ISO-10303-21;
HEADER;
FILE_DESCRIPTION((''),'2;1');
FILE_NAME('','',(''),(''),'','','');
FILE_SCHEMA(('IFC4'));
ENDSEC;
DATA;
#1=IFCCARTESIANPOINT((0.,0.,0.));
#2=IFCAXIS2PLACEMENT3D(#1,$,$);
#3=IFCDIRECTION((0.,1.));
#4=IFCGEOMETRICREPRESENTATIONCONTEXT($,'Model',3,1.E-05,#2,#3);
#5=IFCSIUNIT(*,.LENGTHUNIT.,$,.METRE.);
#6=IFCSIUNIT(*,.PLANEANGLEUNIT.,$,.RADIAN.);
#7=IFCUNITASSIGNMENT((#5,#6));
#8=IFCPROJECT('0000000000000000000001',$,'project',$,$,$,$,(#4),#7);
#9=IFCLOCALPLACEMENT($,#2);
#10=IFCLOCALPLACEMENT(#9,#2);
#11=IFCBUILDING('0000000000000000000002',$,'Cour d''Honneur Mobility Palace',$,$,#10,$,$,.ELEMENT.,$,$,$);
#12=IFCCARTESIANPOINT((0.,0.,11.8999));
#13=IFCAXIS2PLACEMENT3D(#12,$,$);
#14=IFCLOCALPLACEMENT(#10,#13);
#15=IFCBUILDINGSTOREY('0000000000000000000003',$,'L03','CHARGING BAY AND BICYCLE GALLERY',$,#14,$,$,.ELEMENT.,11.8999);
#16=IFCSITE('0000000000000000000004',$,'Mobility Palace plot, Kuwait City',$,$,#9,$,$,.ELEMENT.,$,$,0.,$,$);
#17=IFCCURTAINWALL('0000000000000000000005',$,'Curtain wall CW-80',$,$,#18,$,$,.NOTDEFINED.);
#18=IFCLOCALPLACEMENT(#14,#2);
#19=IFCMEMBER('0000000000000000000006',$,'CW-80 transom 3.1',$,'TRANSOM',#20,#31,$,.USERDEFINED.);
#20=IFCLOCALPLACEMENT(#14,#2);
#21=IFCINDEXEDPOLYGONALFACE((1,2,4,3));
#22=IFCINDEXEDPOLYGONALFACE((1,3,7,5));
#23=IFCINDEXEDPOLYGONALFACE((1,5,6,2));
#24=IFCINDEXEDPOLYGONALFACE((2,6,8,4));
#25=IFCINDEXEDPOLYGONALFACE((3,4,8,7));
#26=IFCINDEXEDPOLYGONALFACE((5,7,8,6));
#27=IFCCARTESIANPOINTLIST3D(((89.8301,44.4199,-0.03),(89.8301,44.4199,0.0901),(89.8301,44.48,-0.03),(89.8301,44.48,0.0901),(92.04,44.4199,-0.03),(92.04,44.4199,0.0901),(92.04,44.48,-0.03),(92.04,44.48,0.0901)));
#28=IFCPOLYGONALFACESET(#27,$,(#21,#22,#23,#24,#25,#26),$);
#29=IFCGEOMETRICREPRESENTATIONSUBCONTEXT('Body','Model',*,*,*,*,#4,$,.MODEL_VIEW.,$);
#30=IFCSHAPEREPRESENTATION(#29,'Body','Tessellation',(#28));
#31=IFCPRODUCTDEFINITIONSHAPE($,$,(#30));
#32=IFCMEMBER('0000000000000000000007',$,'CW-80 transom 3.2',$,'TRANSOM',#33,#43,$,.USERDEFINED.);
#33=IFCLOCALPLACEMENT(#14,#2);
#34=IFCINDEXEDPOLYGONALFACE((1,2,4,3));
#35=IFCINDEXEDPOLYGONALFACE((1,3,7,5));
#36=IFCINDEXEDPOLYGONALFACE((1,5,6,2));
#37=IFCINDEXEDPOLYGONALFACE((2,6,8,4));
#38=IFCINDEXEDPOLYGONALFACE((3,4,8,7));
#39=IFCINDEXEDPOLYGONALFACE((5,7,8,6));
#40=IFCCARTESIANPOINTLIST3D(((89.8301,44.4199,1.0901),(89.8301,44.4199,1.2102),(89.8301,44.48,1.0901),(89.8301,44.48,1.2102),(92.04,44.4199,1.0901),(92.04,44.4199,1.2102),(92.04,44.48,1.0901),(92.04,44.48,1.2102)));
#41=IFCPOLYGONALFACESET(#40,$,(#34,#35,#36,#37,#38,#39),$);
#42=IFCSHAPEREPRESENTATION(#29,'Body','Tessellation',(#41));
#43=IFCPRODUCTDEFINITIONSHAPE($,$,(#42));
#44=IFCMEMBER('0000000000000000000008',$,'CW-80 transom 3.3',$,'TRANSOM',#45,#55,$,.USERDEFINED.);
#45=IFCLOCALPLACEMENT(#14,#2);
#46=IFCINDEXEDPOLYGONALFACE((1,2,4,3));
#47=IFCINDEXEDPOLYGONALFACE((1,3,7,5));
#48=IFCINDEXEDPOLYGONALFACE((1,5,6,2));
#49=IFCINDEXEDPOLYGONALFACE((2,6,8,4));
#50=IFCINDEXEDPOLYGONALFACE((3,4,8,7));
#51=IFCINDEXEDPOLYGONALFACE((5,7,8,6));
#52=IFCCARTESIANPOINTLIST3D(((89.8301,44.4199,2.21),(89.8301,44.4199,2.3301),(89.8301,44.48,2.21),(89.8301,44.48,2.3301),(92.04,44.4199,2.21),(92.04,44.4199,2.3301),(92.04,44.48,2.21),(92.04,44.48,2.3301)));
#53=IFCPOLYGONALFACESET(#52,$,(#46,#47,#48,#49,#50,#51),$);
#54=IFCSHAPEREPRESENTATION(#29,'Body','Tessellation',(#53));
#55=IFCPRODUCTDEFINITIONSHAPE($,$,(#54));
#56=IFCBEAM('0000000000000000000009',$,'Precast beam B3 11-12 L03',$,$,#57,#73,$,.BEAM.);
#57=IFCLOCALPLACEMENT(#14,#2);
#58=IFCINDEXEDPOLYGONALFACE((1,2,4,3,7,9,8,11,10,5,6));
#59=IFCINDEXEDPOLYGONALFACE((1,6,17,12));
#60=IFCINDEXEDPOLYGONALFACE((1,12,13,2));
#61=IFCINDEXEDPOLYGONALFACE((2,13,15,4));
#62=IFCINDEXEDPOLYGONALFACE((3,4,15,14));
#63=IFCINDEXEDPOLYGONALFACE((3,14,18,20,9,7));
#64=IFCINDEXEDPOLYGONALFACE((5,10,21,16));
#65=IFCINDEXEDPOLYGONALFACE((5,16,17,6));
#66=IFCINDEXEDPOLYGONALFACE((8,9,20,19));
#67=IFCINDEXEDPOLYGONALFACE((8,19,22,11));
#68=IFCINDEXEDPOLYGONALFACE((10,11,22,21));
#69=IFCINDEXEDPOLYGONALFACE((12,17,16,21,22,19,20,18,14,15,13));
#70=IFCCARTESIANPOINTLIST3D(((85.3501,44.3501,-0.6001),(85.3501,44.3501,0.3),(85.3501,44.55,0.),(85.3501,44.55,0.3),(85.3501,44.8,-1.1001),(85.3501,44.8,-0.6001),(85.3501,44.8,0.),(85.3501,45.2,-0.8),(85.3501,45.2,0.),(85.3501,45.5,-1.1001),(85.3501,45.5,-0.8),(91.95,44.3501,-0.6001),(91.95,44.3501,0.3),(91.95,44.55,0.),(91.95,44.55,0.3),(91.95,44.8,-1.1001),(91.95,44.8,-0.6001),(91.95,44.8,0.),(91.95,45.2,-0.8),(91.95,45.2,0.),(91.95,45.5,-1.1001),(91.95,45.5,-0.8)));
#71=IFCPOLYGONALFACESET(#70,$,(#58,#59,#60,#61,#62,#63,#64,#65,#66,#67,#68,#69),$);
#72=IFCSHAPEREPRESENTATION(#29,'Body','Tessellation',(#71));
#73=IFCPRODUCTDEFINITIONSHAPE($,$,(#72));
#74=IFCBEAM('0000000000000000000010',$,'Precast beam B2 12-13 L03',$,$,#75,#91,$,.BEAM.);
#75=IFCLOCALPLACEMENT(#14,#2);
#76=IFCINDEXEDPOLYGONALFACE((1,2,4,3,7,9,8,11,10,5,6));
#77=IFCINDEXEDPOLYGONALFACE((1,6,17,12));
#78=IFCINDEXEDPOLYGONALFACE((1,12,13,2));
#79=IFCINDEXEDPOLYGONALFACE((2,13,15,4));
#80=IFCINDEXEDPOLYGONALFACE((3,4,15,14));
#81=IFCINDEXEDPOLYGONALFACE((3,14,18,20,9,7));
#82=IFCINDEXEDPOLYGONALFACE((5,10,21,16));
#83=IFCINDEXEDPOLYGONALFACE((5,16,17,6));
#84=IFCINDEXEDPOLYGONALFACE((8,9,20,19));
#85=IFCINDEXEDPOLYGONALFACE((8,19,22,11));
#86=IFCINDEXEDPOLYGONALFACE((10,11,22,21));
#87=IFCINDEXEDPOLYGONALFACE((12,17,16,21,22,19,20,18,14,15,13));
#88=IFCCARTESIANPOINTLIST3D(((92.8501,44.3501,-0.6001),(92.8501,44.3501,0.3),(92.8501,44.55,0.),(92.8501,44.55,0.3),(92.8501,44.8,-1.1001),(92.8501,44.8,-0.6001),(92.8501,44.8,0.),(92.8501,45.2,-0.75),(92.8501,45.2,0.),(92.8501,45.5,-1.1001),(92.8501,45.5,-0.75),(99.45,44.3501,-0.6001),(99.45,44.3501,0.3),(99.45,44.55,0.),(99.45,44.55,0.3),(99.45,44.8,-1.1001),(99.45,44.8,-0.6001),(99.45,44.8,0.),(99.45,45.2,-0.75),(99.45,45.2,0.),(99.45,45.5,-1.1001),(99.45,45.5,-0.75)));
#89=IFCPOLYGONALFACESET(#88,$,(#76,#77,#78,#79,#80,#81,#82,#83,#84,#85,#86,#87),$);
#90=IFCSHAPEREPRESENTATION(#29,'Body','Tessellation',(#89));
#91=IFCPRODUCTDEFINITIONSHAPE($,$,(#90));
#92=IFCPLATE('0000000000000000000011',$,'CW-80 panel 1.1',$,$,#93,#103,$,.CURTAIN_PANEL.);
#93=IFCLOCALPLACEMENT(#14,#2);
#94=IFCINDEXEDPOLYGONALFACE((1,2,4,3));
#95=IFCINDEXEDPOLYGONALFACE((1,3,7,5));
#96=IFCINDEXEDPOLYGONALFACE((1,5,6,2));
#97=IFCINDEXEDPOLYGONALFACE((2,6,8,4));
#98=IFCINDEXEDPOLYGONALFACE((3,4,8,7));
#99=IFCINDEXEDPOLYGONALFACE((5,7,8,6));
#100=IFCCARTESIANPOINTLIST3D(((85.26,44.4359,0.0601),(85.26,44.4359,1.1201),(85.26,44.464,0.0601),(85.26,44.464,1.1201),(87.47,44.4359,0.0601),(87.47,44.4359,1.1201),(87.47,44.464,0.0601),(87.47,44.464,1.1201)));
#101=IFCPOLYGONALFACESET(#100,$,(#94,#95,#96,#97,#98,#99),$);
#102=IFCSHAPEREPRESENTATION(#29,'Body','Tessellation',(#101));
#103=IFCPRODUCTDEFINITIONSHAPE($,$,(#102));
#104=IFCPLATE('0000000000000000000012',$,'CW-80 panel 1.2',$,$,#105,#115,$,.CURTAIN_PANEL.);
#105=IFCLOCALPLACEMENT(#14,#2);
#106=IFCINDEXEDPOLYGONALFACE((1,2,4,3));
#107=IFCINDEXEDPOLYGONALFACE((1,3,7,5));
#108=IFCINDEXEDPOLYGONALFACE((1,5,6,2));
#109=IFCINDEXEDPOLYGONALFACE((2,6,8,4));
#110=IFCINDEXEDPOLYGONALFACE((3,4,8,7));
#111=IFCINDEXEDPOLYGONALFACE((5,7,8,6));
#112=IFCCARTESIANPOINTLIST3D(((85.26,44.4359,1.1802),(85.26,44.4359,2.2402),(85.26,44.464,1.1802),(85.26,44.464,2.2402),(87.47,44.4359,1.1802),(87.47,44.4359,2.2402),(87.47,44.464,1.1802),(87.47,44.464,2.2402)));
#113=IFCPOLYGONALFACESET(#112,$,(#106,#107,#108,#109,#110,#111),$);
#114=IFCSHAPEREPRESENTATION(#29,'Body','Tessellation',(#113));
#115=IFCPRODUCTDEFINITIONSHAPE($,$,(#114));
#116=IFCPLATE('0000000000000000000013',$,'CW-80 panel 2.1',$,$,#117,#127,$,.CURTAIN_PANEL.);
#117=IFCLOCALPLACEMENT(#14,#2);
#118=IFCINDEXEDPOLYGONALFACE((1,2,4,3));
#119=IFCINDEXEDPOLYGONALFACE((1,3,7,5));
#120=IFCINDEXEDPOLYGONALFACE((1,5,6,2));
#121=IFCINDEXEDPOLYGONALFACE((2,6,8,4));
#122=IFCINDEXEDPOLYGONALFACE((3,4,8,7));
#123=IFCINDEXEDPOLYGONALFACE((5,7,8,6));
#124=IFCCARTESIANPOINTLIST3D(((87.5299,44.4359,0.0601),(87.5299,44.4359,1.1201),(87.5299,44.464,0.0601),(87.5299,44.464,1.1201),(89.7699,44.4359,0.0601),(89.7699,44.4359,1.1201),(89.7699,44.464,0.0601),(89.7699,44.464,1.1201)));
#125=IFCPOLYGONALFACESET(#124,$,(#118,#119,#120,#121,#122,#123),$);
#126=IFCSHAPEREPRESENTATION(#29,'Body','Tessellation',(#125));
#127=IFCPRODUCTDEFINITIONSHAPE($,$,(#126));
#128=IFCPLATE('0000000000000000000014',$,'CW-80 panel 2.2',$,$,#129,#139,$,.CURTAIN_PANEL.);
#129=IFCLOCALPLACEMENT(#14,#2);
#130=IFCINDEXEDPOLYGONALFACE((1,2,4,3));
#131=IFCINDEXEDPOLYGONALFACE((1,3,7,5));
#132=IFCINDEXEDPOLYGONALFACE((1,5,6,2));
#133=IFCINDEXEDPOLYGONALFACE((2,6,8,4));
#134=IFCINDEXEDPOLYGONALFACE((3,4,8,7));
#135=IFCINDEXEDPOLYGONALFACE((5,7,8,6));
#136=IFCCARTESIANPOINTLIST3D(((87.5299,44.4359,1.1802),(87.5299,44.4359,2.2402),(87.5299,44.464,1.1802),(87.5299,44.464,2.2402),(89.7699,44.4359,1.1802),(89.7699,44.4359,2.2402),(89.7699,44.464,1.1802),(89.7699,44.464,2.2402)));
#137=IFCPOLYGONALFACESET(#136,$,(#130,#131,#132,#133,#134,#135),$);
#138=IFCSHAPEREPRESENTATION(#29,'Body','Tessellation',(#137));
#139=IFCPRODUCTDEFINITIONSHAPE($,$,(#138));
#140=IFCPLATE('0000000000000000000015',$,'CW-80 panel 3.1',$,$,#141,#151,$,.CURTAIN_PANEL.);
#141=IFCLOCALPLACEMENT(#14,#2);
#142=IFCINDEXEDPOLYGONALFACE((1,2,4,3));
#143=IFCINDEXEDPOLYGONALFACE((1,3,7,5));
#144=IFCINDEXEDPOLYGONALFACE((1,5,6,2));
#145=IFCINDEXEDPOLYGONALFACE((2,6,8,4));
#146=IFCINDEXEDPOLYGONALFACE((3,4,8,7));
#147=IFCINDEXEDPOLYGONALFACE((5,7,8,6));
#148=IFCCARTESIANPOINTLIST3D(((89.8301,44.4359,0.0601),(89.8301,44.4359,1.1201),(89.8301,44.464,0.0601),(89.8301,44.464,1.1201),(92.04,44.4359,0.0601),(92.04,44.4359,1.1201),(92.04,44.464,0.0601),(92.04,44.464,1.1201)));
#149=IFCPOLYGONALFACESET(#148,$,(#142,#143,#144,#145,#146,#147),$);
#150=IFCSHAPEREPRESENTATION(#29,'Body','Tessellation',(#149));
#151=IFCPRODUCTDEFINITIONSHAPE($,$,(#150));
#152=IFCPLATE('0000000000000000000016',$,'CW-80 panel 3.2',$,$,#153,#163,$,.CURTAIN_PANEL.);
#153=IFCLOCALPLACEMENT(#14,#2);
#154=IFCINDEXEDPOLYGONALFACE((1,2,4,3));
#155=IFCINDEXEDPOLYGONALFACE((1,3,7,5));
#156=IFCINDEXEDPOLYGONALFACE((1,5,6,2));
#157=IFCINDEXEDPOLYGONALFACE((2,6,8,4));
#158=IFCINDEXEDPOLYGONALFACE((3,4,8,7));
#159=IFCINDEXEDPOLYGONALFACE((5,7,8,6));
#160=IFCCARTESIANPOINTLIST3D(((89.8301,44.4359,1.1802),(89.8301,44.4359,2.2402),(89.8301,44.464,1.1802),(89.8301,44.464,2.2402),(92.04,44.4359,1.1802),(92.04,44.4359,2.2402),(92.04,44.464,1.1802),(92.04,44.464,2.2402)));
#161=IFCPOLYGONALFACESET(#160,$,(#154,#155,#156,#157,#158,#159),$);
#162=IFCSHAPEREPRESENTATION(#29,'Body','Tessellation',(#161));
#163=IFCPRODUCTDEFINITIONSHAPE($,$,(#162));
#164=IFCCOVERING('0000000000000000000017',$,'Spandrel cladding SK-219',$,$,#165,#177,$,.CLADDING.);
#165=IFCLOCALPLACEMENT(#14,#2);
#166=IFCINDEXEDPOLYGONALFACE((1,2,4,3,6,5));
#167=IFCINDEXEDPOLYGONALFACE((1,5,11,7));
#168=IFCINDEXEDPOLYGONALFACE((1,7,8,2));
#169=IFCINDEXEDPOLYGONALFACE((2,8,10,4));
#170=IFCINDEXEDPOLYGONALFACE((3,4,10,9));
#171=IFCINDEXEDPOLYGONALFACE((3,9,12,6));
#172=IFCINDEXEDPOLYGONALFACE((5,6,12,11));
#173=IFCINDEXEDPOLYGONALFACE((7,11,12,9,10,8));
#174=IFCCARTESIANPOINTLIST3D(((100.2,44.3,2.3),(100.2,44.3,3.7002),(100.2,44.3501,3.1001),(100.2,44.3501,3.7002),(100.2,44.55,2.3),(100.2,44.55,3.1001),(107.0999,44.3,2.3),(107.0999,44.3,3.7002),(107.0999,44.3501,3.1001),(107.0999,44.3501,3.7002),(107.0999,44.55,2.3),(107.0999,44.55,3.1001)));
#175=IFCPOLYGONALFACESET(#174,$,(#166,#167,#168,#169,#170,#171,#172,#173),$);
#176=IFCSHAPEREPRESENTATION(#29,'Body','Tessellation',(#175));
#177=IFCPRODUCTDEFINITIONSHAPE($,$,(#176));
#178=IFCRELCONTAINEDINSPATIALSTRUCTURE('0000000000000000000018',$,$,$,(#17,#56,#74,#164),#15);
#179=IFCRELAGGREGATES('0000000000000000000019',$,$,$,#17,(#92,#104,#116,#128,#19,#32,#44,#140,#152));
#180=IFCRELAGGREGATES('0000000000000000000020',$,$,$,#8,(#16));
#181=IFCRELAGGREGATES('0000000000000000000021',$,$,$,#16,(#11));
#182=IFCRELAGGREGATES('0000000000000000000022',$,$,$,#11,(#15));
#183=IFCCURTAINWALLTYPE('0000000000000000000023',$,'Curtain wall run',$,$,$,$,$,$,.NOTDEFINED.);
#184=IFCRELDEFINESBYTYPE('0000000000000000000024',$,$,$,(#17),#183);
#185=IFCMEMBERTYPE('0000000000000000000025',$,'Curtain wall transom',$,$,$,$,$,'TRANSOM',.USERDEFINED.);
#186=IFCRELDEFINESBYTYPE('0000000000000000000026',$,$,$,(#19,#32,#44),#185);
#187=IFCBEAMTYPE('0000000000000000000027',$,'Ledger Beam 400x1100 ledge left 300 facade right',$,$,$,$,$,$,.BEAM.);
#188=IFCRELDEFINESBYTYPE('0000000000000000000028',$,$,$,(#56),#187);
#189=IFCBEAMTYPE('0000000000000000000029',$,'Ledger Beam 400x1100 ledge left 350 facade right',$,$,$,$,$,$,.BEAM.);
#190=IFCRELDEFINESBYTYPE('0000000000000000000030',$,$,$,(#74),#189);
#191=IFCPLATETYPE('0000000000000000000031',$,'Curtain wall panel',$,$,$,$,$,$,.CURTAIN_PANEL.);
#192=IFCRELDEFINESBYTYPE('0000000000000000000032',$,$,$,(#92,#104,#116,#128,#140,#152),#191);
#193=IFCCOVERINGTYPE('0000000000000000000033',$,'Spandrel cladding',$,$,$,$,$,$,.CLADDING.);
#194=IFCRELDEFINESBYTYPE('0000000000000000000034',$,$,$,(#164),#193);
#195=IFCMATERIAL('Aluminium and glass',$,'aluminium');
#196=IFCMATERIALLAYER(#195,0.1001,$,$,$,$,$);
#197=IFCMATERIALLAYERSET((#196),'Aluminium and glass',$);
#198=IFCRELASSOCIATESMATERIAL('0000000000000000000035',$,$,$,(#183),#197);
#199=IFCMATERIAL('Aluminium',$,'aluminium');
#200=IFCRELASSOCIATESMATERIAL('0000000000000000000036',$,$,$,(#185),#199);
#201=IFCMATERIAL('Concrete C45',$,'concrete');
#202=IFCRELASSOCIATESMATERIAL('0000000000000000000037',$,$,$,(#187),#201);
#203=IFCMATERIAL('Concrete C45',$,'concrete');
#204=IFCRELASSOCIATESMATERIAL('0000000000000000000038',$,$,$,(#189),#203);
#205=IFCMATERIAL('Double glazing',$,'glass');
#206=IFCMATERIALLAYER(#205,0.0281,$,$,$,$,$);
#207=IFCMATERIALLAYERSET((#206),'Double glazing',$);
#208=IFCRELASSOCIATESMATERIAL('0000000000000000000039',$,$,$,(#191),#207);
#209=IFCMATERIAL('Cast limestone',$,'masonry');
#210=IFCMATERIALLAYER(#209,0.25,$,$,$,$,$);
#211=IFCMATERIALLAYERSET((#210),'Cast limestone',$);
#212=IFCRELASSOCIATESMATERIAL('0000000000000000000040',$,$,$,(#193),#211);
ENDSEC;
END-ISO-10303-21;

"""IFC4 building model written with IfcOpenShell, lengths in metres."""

from ifc_helpers import new_model, si_unit, direction, frame, origin, origin_2d, place, context, subcontext, project, spatial, polyline, rectangle, outline, extrude, material, layer, layer_set, material_profile, profile_set, type_object, element, aggregate, save


model = new_model("IFC4")

# Units and contexts
model_context = context("Model", 3, precision=1e-05, world=origin(), true_north=direction((0.0, 1.0)))
body_context = subcontext(model_context, "Body", "Model", "MODEL_VIEW")
ifc_project = project(units=[si_unit("LENGTHUNIT", "METRE"), si_unit("PLANEANGLEUNIT", "RADIAN")], contexts=[model_context])

# Site, building, storey
site_placement = place(None, origin())
site = spatial("IfcSite", under=ifc_project, at=site_placement, Name="Mobility Palace plot, Kuwait City", CompositionType="ELEMENT", RefElevation=0.0)
building_placement = place(site_placement, origin())
building = spatial("IfcBuilding", under=site, at=building_placement, Name="Cour d'Honneur Mobility Palace", CompositionType="ELEMENT")
storey_placement = place(building_placement, frame((0.0, 0.0, 11.8999)))
storey = spatial("IfcBuildingStorey", under=building, at=storey_placement, Name="L03", Description="CHARGING BAY AND BICYCLE GALLERY", CompositionType="ELEMENT", Elevation=11.8999)

# Shared definitions
ifc_material_1 = material(Name="Aluminium and glass", Category="aluminium")
ifc_layer_1 = layer(ifc_material_1, 0.1001)
ifc_layer_set_1 = layer_set([ifc_layer_1], Name="Aluminium and glass")
curtain_wall_type = type_object("IfcCurtainWallType", Name="Curtain wall run", PredefinedType="NOTDEFINED", material=ifc_layer_set_1)

# Curtain wall, members
curtain_wall_1_placement = place(storey_placement, origin())
curtain_wall_1 = element("IfcCurtainWall", 1, at=curtain_wall_1_placement, inside=storey, type_object=curtain_wall_type, Name="Curtain wall CW-80", PredefinedType="NOTDEFINED")
ifc_material_2 = material(Name="Aluminium", Category="aluminium")
ifc_material_profile_1 = material_profile(ifc_material_2, rectangle(XDim=0.0601, YDim=0.1201, at=origin_2d()), Name="Curtain wall transom")
ifc_profile_set_1 = profile_set([ifc_material_profile_1], Name="Aluminium")
member_type_1 = type_object("IfcMemberType", Name="Curtain wall transom", ElementType="TRANSOM", PredefinedType="USERDEFINED", material=ifc_profile_set_1)
member_1_placement = place(storey_placement, frame((89.8301, 44.45, 0.03), z_axis=(1.0, 0.0, 0.0), x_axis=(0.0, 1.0, 0.0)))
member_1 = element("IfcMember", 2, at=member_1_placement, type_object=member_type_1, Name="CW-80 transom 3.1", ObjectType="TRANSOM", PredefinedType="USERDEFINED", context=body_context, shape_type="SweptSolid", body=[
    extrude(rectangle(XDim=0.0601, YDim=0.1201, at=origin_2d()), origin(), (0.0, 0.0, 1.0), 2.21),
])
member_2_placement = place(storey_placement, frame((89.8301, 44.45, 1.1501), z_axis=(1.0, 0.0, 0.0), x_axis=(0.0, 1.0, 0.0)))
member_2 = element("IfcMember", 3, at=member_2_placement, type_object=member_type_1, Name="CW-80 transom 3.2", ObjectType="TRANSOM", PredefinedType="USERDEFINED", context=body_context, shape_type="SweptSolid", body=[
    extrude(rectangle(XDim=0.0601, YDim=0.1201, at=origin_2d()), origin(), (0.0, 0.0, 1.0), 2.21),
])
member_3_placement = place(storey_placement, frame((89.8301, 44.45, 2.27), z_axis=(1.0, 0.0, 0.0), x_axis=(0.0, 1.0, 0.0)))
member_3 = element("IfcMember", 4, at=member_3_placement, type_object=member_type_1, Name="CW-80 transom 3.3", ObjectType="TRANSOM", PredefinedType="USERDEFINED", context=body_context, shape_type="SweptSolid", body=[
    extrude(rectangle(XDim=0.0601, YDim=0.1201, at=origin_2d()), origin(), (0.0, 0.0, 1.0), 2.21),
])

# Beams
ifc_material_3 = material(Name="Concrete C45", Category="concrete")
ifc_material_profile_2 = material_profile(ifc_material_3, outline(polyline([(0.5, -1.1001), (0.5, -0.8), (0.2, -0.8), (0.2, 0.0), (-0.2, 0.0), (-0.45, 0.0), (-0.45, 0.3), (-0.6499, 0.3), (-0.6499, -0.6001), (-0.2, -0.6001), (-0.2, -1.1001), (0.5, -1.1001)])), Name="Ledger Beam 400x1100 ledge left 300 facade right")
ifc_profile_set_2 = profile_set([ifc_material_profile_2], Name="Concrete C45")
beam_type_1 = type_object("IfcBeamType", Name="Ledger Beam 400x1100 ledge left 300 facade right", PredefinedType="BEAM", material=ifc_profile_set_2)
beam_1_placement = place(storey_placement, frame((85.3501, 45.0, 0.0), z_axis=(1.0, 0.0, 0.0), x_axis=(0.0, 1.0, 0.0)))
element("IfcBeam", 5, at=beam_1_placement, inside=storey, type_object=beam_type_1, Name="Precast beam B3 11-12 L03", PredefinedType="BEAM", context=body_context, shape_type="SweptSolid", body=[
    extrude(outline(polyline([(0.5, -1.1001), (0.5, -0.8), (0.2, -0.8), (0.2, 0.0), (-0.2, 0.0), (-0.45, 0.0), (-0.45, 0.3), (-0.6499, 0.3), (-0.6499, -0.6001), (-0.2, -0.6001), (-0.2, -1.1001), (0.5, -1.1001)])), origin(), (0.0, 0.0, 1.0), 6.5999),
])
ifc_material_4 = material(Name="Concrete C45", Category="concrete")
ifc_material_profile_3 = material_profile(ifc_material_4, outline(polyline([(0.5, -1.1001), (0.5, -0.75), (0.2, -0.75), (0.2, 0.0), (-0.2, 0.0), (-0.45, 0.0), (-0.45, 0.3), (-0.6499, 0.3), (-0.6499, -0.6001), (-0.2, -0.6001), (-0.2, -1.1001), (0.5, -1.1001)])), Name="Ledger Beam 400x1100 ledge left 350 facade right")
ifc_profile_set_3 = profile_set([ifc_material_profile_3], Name="Concrete C45")
beam_type_2 = type_object("IfcBeamType", Name="Ledger Beam 400x1100 ledge left 350 facade right", PredefinedType="BEAM", material=ifc_profile_set_3)
beam_2_placement = place(storey_placement, frame((92.8501, 45.0, 0.0), z_axis=(1.0, 0.0, 0.0), x_axis=(0.0, 1.0, 0.0)))
element("IfcBeam", 6, at=beam_2_placement, inside=storey, type_object=beam_type_2, Name="Precast beam B2 12-13 L03", PredefinedType="BEAM", context=body_context, shape_type="SweptSolid", body=[
    extrude(outline(polyline([(0.5, -1.1001), (0.5, -0.75), (0.2, -0.75), (0.2, 0.0), (-0.2, 0.0), (-0.45, 0.0), (-0.45, 0.3), (-0.6499, 0.3), (-0.6499, -0.6001), (-0.2, -0.6001), (-0.2, -1.1001), (0.5, -1.1001)])), origin(), (0.0, 0.0, 1.0), 6.5999),
])

# Plates
ifc_material_5 = material(Name="Double glazing", Category="glass")
ifc_layer_2 = layer(ifc_material_5, 0.0281)
ifc_layer_set_2 = layer_set([ifc_layer_2], Name="Double glazing")
plate_type = type_object("IfcPlateType", Name="Curtain wall panel", PredefinedType="CURTAIN_PANEL", material=ifc_layer_set_2)
plate_1_placement = place(storey_placement, frame((86.365, 44.45, 0.0601), z_axis=(0.0, 0.0, 1.0), x_axis=(1.0, 0.0, 0.0)))
plate_1 = element("IfcPlate", 7, at=plate_1_placement, type_object=plate_type, Name="CW-80 panel 1.1", PredefinedType="CURTAIN_PANEL", context=body_context, shape_type="SweptSolid", body=[
    extrude(rectangle(XDim=2.21, YDim=0.0281, at=origin_2d()), origin(), (0.0, 0.0, 1.0), 1.0601),
])
plate_2_placement = place(storey_placement, frame((86.365, 44.45, 1.1802), z_axis=(0.0, 0.0, 1.0), x_axis=(1.0, 0.0, 0.0)))
plate_2 = element("IfcPlate", 8, at=plate_2_placement, type_object=plate_type, Name="CW-80 panel 1.2", PredefinedType="CURTAIN_PANEL", context=body_context, shape_type="SweptSolid", body=[
    extrude(rectangle(XDim=2.21, YDim=0.0281, at=origin_2d()), origin(), (0.0, 0.0, 1.0), 1.0601),
])
plate_3_placement = place(storey_placement, frame((88.6499, 44.45, 0.0601), z_axis=(0.0, 0.0, 1.0), x_axis=(1.0, 0.0, 0.0)))
plate_3 = element("IfcPlate", 9, at=plate_3_placement, type_object=plate_type, Name="CW-80 panel 2.1", PredefinedType="CURTAIN_PANEL", context=body_context, shape_type="SweptSolid", body=[
    extrude(rectangle(XDim=2.24, YDim=0.0281, at=origin_2d()), origin(), (0.0, 0.0, 1.0), 1.0601),
])
plate_4_placement = place(storey_placement, frame((88.6499, 44.45, 1.1802), z_axis=(0.0, 0.0, 1.0), x_axis=(1.0, 0.0, 0.0)))
plate_4 = element("IfcPlate", 10, at=plate_4_placement, type_object=plate_type, Name="CW-80 panel 2.2", PredefinedType="CURTAIN_PANEL", context=body_context, shape_type="SweptSolid", body=[
    extrude(rectangle(XDim=2.24, YDim=0.0281, at=origin_2d()), origin(), (0.0, 0.0, 1.0), 1.0601),
])
plate_5_placement = place(storey_placement, frame((90.9351, 44.45, 0.0601), z_axis=(0.0, 0.0, 1.0), x_axis=(1.0, 0.0, 0.0)))
plate_5 = element("IfcPlate", 11, at=plate_5_placement, type_object=plate_type, Name="CW-80 panel 3.1", PredefinedType="CURTAIN_PANEL", context=body_context, shape_type="SweptSolid", body=[
    extrude(rectangle(XDim=2.21, YDim=0.0281, at=origin_2d()), origin(), (0.0, 0.0, 1.0), 1.0601),
])
plate_6_placement = place(storey_placement, frame((90.9351, 44.45, 1.1802), z_axis=(0.0, 0.0, 1.0), x_axis=(1.0, 0.0, 0.0)))
plate_6 = element("IfcPlate", 12, at=plate_6_placement, type_object=plate_type, Name="CW-80 panel 3.2", PredefinedType="CURTAIN_PANEL", context=body_context, shape_type="SweptSolid", body=[
    extrude(rectangle(XDim=2.21, YDim=0.0281, at=origin_2d()), origin(), (0.0, 0.0, 1.0), 1.0601),
])
aggregate(curtain_wall_1, [plate_1, plate_2, plate_3, plate_4, member_1, member_2, member_3, plate_5, plate_6])

# Covering
ifc_material_6 = material(Name="Cast limestone", Category="masonry")
ifc_layer_3 = layer(ifc_material_6, 0.25)
ifc_layer_set_3 = layer_set([ifc_layer_3], Name="Cast limestone")
covering_type = type_object("IfcCoveringType", Name="Spandrel cladding", PredefinedType="CLADDING", material=ifc_layer_set_3)
covering_placement = place(storey_placement, frame((100.2, 44.55, 2.3), z_axis=(-1.0, 0.0, 0.0), x_axis=(0.0, -1.0, 0.0)))
element("IfcCovering", 13, at=covering_placement, inside=storey, type_object=covering_type, Name="Spandrel cladding SK-219", PredefinedType="CLADDING", context=body_context, shape_type="SweptSolid", body=[
    extrude(outline(polyline([(0.0, 0.0), (0.25, 0.0), (0.25, 1.4001), (0.2, 1.4001), (0.2, 0.8), (0.0, 0.8), (0.0, 0.0)])), origin(), (0.0, 0.0, -1.0), 6.8999),
])

save(model, "model.ifc")
